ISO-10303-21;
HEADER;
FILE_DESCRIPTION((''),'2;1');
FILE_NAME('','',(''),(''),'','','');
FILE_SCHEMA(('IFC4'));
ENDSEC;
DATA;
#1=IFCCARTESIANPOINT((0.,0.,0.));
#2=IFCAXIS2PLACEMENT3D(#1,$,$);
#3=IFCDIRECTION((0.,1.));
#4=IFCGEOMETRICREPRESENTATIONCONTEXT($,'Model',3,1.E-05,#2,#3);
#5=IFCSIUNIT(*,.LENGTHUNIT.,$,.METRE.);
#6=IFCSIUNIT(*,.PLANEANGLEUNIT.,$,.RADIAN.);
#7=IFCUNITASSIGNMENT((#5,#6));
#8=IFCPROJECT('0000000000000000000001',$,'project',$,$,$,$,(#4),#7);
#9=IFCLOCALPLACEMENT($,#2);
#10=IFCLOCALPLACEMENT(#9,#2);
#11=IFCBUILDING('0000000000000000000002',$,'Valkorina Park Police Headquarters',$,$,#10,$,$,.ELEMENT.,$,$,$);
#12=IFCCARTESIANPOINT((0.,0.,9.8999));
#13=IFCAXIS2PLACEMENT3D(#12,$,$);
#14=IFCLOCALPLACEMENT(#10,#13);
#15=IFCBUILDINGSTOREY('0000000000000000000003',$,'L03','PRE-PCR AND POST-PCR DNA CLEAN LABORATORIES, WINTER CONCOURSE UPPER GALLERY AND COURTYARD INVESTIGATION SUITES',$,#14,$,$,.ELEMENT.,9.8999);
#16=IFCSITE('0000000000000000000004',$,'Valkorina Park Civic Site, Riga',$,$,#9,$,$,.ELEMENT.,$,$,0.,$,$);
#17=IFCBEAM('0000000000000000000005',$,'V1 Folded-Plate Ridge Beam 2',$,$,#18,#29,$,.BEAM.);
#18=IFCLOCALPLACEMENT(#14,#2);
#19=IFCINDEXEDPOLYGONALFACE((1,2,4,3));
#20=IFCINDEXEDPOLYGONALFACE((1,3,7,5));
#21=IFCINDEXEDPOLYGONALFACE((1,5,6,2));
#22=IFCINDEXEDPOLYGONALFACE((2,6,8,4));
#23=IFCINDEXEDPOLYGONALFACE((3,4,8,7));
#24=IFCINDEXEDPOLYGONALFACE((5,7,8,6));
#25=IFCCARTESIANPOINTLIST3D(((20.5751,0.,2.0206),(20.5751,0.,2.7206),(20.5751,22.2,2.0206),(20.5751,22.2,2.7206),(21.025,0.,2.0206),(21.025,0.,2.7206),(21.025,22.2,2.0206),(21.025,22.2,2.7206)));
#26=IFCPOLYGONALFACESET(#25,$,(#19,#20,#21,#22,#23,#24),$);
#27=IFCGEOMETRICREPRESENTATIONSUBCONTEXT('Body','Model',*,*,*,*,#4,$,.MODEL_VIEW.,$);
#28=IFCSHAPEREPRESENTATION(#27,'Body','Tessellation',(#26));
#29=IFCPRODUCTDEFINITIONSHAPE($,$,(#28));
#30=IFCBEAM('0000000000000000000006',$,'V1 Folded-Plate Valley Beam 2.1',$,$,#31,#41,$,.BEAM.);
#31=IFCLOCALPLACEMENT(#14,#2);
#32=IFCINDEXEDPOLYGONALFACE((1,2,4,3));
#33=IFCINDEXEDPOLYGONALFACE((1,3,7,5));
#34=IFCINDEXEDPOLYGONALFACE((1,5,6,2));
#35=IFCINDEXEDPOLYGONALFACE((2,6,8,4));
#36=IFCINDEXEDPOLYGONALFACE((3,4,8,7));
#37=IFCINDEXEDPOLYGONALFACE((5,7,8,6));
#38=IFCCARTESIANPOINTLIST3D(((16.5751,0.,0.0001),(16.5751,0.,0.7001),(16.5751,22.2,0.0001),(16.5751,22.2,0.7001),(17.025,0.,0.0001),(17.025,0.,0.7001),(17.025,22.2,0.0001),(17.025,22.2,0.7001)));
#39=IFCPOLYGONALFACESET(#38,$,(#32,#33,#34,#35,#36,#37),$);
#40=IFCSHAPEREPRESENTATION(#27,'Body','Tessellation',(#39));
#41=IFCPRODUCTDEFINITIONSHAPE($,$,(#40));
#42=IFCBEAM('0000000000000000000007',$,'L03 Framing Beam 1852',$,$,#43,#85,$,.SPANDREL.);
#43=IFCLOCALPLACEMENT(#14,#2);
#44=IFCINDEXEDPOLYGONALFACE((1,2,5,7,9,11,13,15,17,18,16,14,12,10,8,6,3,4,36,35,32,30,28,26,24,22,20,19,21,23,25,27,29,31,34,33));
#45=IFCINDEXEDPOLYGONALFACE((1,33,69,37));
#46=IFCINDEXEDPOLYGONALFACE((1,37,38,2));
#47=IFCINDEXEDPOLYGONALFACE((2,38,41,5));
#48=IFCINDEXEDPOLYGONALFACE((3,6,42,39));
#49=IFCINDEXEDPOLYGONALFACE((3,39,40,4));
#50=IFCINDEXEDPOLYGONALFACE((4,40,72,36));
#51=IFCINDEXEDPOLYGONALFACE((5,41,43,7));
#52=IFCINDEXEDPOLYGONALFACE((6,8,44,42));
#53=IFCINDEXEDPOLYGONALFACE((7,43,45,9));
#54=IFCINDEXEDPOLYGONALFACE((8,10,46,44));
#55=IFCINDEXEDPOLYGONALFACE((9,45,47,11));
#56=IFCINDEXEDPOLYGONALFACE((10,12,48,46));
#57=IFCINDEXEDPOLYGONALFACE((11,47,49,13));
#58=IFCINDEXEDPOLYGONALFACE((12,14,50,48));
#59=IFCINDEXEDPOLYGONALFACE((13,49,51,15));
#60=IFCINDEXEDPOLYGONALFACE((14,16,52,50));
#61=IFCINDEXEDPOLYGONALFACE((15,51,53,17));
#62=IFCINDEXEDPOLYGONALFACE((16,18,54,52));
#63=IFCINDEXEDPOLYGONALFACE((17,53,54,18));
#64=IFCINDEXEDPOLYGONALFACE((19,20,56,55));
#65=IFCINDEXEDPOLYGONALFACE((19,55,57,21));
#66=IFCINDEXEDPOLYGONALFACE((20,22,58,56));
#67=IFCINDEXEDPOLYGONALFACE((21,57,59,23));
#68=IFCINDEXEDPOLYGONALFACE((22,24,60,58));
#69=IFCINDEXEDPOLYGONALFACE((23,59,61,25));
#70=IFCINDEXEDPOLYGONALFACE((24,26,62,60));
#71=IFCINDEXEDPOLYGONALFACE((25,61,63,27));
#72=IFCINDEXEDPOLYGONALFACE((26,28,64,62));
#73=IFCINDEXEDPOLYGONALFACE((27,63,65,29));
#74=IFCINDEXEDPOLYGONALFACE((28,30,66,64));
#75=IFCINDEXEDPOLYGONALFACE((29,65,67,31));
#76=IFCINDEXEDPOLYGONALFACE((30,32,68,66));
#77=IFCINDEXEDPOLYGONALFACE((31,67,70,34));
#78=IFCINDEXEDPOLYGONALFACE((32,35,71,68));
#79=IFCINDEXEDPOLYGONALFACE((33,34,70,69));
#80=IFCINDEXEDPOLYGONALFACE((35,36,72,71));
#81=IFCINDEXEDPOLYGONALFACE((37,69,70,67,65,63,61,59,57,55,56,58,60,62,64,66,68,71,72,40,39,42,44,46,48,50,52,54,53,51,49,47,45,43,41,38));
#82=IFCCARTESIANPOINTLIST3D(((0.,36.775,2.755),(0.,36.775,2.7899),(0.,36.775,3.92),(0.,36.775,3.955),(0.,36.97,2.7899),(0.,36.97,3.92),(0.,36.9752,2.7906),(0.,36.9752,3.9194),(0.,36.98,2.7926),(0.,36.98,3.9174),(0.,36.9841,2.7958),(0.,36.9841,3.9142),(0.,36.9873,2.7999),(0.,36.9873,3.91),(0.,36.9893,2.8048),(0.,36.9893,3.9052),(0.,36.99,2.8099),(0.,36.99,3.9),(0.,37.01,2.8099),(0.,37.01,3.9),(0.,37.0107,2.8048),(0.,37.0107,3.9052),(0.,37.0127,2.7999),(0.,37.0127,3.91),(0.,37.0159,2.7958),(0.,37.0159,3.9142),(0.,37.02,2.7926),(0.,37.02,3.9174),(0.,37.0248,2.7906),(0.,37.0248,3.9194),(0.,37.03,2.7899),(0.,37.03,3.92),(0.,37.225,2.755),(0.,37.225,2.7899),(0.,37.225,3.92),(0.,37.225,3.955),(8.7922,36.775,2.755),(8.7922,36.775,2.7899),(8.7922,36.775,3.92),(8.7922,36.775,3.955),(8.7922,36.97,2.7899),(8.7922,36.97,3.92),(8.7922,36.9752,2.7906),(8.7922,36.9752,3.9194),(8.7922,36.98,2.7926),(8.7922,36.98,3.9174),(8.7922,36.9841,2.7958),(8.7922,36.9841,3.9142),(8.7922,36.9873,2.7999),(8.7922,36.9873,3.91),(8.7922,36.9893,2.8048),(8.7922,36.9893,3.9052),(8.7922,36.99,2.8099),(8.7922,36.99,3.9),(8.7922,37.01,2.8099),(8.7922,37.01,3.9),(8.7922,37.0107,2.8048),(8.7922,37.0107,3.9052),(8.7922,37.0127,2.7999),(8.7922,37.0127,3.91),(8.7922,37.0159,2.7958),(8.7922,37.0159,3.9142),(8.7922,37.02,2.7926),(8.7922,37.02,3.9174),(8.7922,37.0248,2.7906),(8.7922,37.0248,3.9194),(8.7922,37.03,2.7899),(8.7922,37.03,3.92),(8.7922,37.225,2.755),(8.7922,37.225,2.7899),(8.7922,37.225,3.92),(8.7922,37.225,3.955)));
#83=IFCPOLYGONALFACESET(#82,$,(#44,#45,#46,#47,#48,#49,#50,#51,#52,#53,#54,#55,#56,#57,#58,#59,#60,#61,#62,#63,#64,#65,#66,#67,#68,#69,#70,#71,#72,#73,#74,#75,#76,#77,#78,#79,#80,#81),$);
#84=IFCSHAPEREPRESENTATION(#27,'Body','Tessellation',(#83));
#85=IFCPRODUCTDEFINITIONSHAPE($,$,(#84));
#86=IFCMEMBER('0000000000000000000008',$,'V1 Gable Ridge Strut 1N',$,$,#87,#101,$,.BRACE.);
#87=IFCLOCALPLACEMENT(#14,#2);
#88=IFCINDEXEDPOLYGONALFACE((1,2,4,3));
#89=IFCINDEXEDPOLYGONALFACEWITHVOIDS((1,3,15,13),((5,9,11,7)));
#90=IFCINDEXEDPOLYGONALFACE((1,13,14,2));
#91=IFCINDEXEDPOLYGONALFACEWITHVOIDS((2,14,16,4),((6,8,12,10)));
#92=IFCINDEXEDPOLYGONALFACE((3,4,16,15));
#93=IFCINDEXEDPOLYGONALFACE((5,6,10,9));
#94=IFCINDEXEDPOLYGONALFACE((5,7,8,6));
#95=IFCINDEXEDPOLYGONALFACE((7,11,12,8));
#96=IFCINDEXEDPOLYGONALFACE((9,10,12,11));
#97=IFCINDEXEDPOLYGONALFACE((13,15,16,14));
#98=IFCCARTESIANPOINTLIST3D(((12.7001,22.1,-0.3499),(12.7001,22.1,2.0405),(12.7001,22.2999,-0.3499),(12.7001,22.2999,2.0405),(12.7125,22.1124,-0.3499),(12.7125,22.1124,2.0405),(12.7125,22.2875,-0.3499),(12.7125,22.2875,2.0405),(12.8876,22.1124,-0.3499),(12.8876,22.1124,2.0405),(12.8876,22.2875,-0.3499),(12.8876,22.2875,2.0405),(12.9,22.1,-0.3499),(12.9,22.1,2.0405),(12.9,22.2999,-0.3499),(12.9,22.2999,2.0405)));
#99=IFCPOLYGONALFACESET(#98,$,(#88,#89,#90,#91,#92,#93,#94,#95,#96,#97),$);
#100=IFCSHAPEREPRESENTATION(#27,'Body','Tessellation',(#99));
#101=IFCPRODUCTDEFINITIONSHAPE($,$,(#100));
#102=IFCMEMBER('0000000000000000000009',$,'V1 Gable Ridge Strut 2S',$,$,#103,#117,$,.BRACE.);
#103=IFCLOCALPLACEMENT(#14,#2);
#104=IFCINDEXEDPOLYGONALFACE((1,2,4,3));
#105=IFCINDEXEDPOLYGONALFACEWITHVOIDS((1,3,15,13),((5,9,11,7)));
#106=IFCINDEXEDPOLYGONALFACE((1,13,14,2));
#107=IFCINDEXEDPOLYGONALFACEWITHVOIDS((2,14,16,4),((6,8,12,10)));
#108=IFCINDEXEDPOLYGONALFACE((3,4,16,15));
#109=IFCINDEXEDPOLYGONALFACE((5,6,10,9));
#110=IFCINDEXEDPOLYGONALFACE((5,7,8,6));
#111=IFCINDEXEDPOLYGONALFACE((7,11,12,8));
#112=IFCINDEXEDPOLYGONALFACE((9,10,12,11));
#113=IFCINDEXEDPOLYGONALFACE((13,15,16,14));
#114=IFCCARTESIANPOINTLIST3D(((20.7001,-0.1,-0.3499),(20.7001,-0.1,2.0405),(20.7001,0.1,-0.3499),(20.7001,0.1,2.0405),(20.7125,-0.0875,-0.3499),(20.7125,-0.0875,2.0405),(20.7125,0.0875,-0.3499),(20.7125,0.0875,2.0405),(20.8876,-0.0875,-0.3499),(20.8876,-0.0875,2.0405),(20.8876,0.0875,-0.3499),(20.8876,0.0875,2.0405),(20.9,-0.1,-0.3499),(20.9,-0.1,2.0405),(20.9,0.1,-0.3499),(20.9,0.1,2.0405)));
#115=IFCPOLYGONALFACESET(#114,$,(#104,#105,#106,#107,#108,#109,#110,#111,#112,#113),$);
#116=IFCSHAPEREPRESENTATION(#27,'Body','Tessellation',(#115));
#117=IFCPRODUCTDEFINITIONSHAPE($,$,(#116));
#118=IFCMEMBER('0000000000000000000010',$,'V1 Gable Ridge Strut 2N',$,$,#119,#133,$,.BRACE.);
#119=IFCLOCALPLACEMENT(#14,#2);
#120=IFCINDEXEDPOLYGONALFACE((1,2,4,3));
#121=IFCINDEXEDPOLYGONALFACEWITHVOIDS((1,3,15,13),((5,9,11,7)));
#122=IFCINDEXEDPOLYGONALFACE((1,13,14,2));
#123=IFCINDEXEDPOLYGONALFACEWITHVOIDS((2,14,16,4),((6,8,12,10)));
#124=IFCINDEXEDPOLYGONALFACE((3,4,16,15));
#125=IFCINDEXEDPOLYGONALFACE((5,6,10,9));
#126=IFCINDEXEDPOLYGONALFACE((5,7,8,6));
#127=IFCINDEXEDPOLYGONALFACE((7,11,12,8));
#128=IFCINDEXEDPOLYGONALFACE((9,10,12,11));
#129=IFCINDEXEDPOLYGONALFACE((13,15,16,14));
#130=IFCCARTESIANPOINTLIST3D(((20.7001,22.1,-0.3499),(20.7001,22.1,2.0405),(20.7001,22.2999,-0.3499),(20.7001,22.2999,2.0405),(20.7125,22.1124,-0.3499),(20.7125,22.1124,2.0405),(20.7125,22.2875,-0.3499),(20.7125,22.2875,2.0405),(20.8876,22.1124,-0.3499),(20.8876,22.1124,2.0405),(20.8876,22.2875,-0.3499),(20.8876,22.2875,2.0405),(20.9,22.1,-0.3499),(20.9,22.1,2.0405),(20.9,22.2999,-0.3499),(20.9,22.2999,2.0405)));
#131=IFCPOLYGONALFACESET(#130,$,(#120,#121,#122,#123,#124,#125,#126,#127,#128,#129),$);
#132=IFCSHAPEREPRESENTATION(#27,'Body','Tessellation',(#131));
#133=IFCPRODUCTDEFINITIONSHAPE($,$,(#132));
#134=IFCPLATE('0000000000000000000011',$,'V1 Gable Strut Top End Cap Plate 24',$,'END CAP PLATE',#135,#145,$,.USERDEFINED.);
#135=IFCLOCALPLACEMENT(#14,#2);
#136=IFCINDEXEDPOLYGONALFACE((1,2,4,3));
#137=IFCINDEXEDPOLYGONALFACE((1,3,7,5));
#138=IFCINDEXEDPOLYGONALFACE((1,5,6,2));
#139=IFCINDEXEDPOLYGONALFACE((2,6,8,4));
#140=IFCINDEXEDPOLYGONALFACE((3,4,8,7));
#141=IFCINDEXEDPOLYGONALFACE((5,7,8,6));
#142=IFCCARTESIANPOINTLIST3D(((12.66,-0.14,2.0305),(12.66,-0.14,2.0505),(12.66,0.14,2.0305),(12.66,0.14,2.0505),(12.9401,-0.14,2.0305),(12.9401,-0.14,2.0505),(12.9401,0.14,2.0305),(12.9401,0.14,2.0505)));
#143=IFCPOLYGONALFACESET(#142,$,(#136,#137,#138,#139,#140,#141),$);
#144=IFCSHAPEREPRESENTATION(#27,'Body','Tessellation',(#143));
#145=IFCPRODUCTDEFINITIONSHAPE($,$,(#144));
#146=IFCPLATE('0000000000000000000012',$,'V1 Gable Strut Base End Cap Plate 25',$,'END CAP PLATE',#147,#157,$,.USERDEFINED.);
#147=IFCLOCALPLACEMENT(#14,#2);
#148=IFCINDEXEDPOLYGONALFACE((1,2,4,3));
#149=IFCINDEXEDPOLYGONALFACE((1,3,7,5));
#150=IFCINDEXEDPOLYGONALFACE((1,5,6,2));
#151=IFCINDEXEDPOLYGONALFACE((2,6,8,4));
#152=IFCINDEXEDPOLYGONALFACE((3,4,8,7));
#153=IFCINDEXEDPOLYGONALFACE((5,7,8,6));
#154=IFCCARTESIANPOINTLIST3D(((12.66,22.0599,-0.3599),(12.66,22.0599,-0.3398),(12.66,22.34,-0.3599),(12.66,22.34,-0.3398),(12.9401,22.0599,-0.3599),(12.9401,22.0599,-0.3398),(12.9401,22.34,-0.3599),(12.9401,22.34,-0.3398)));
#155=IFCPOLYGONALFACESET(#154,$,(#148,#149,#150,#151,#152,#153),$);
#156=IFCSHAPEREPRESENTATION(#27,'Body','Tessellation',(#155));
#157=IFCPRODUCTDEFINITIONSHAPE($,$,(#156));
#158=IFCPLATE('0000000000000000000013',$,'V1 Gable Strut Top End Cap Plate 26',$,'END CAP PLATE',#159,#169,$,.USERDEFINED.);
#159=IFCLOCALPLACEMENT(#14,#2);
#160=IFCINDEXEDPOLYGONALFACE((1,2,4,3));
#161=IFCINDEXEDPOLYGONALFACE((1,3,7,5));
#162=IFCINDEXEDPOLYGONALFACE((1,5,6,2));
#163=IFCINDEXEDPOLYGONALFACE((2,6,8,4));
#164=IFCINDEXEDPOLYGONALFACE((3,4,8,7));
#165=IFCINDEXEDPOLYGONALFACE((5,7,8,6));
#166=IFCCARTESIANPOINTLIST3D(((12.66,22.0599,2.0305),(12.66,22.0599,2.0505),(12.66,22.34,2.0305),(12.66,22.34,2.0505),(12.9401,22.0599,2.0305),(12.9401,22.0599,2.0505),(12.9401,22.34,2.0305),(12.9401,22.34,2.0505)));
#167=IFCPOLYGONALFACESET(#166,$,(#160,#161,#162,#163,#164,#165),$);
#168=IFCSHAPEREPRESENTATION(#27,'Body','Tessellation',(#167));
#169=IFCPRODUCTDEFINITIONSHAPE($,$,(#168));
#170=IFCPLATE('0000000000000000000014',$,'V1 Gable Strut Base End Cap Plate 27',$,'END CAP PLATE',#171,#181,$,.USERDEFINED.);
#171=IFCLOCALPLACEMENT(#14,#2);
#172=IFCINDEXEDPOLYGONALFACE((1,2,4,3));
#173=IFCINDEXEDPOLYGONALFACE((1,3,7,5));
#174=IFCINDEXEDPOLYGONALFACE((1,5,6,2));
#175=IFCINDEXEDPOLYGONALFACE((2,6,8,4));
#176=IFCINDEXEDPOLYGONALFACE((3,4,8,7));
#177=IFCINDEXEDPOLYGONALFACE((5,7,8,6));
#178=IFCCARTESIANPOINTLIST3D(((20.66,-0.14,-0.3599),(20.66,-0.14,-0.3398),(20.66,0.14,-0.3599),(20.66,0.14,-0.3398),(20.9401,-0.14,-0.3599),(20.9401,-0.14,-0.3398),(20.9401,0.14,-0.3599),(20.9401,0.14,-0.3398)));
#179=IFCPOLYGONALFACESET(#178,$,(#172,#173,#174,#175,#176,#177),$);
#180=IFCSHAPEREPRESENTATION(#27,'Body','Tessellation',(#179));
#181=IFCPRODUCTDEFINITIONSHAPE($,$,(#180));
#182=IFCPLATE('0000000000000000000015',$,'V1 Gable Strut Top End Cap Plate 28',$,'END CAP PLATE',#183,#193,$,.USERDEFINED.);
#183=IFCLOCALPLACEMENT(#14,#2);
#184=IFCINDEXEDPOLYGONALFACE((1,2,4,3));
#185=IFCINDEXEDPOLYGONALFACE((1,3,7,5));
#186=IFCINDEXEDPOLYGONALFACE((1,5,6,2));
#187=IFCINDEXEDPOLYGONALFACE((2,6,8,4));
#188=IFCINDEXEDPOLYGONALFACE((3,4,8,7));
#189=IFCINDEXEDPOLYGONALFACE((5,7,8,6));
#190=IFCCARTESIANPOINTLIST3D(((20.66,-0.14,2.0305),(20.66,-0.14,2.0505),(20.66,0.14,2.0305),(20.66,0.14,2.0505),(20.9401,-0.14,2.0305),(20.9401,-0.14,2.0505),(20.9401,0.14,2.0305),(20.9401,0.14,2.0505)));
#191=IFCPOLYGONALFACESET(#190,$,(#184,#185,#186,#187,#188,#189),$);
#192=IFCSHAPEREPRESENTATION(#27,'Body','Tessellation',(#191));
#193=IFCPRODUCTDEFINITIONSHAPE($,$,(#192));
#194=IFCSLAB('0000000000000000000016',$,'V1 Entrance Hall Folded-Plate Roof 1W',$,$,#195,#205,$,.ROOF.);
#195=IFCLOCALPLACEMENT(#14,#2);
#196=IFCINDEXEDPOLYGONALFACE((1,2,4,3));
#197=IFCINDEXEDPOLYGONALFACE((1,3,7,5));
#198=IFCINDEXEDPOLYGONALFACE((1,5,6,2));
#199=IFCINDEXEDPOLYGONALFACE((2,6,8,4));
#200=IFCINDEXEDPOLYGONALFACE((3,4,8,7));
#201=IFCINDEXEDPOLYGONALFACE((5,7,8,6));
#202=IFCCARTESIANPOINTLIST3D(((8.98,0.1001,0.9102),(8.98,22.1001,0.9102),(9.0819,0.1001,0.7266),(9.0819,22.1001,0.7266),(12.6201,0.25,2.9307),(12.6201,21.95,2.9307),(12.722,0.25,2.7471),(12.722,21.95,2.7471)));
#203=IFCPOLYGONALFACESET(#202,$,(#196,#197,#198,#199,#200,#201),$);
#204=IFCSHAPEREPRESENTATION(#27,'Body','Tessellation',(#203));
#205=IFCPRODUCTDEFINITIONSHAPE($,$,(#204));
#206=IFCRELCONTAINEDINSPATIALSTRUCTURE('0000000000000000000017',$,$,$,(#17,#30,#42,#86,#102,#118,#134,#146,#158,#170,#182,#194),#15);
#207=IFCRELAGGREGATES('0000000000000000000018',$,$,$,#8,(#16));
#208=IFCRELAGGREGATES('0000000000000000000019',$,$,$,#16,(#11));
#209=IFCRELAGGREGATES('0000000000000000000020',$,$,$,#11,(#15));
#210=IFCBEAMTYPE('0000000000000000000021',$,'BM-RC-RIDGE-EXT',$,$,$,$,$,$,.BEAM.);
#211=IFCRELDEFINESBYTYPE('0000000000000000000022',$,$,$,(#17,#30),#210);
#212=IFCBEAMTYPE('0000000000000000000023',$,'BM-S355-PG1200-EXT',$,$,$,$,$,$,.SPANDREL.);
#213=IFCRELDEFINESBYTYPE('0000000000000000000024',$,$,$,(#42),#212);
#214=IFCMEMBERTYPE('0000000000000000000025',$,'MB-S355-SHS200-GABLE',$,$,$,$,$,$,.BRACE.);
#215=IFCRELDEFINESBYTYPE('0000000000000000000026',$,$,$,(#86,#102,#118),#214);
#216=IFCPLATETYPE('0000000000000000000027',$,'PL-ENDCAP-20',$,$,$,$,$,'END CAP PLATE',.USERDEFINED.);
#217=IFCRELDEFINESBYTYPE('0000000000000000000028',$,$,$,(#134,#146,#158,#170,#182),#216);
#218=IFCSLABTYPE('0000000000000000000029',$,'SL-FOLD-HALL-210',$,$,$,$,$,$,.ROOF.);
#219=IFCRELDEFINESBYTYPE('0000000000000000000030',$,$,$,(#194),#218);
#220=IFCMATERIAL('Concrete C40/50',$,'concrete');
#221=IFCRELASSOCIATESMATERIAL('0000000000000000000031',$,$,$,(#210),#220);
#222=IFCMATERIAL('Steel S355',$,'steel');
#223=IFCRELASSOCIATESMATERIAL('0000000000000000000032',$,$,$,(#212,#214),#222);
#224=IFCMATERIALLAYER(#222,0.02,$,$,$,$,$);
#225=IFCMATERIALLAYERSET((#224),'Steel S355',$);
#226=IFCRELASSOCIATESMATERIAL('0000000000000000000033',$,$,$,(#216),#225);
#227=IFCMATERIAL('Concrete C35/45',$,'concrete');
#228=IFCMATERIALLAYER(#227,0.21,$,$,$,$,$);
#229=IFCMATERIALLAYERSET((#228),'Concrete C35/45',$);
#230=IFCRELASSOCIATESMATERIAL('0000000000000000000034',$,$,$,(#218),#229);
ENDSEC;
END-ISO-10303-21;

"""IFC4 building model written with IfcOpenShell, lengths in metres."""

from ifc_helpers import new_model, si_unit, direction, frame, origin, origin_2d, place, context, subcontext, project, spatial, polyline, rectangle, hollow_rectangle, i_section, outline, extrude, material, layer, layer_set, material_profile, profile_set, type_object, element, save


model = new_model("IFC4")

# Units and contexts
model_context = context("Model", 3, precision=1e-05, world=origin(), true_north=direction((0.0, 1.0)))
body_context = subcontext(model_context, "Body", "Model", "MODEL_VIEW")
ifc_project = project(units=[si_unit("LENGTHUNIT", "METRE"), si_unit("PLANEANGLEUNIT", "RADIAN")], contexts=[model_context])

# Site, building, storey
site_placement = place(None, origin())
site = spatial("IfcSite", under=ifc_project, at=site_placement, Name="Valkorina Park Civic Site, Riga", CompositionType="ELEMENT", RefElevation=0.0)
building_placement = place(site_placement, origin())
building = spatial("IfcBuilding", under=site, at=building_placement, Name="Valkorina Park Police Headquarters", CompositionType="ELEMENT")
storey_placement = place(building_placement, frame((0.0, 0.0, 9.8999)))
storey = spatial("IfcBuildingStorey", under=building, at=storey_placement, Name="L03", Description="PRE-PCR AND POST-PCR DNA CLEAN LABORATORIES, WINTER CONCOURSE UPPER GALLERY AND COURTYARD INVESTIGATION SUITES", CompositionType="ELEMENT", Elevation=9.8999)

# Beams
ifc_material_1 = material(Name="Concrete C40/50", Category="concrete")
ifc_material_profile_1 = material_profile(ifc_material_1, rectangle(XDim=0.45, YDim=0.7, at=origin_2d()), Name="RC RIDGE 450x700")
ifc_profile_set_1 = profile_set([ifc_material_profile_1], Name="Concrete C40/50")
beam_type_1 = type_object("IfcBeamType", Name="BM-RC-RIDGE-EXT", PredefinedType="BEAM", material=ifc_profile_set_1)
for number, where, z_axis, x_axis, name in (
    (1, (20.8, 0.0, 2.3706), (0.0, 1.0, 0.0), (-1.0, 0.0, 0.0), "V1 Folded-Plate Ridge Beam 2"),
    (2, (16.8, 0.0, 0.3501), (0.0, 1.0, 0.0), (-1.0, 0.0, 0.0), "V1 Folded-Plate Valley Beam 2.1"),
):
    element("IfcBeam", number, at=place(storey_placement, frame(where, z_axis=z_axis, x_axis=x_axis)), inside=storey, type_object=beam_type_1, Name=name, PredefinedType="BEAM", context=body_context, shape_type="SweptSolid", body=[
        extrude(rectangle(XDim=0.45, YDim=0.7, at=origin_2d()), origin(), (0.0, 0.0, 1.0), 22.2),
    ])
ifc_material_2 = material(Name="Steel S355", Category="steel")
ifc_material_profile_2 = material_profile(ifc_material_2, i_section(OverallWidth=0.45, OverallDepth=1.2, WebThickness=0.02, FlangeThickness=0.0349, FilletRadius=0.02, at=origin_2d()), Name="PG 1200x450")
ifc_profile_set_2 = profile_set([ifc_material_profile_2], Name="Steel S355")
beam_type_2 = type_object("IfcBeamType", Name="BM-S355-PG1200-EXT", PredefinedType="SPANDREL", material=ifc_profile_set_2)
beam_placement = place(storey_placement, frame((0.0, 37.0, 3.355), z_axis=(1.0, 0.0, 0.0), x_axis=(0.0, 1.0, 0.0)))
element("IfcBeam", 3, at=beam_placement, inside=storey, type_object=beam_type_2, Name="L03 Framing Beam 1852", PredefinedType="SPANDREL", context=body_context, shape_type="SweptSolid", body=[
    extrude(i_section(OverallWidth=0.45, OverallDepth=1.2, WebThickness=0.02, FlangeThickness=0.0349, FilletRadius=0.02, at=origin_2d()), origin(), (0.0, 0.0, 1.0), 8.7922),
])

# Members
ifc_material_profile_3 = material_profile(ifc_material_2, hollow_rectangle(XDim=0.2, YDim=0.2, WallThickness=0.0125, at=origin_2d()), Name="SHS 200x200x12.5")
ifc_profile_set_3 = profile_set([ifc_material_profile_3], Name="Steel S355")
member_type = type_object("IfcMemberType", Name="MB-S355-SHS200-GABLE", PredefinedType="BRACE", material=ifc_profile_set_3)
for number, where, z_axis, x_axis, name in (
    (4, (12.8, 22.2, -0.3499), (0.0, 0.0, 1.0), (1.0, 0.0, 0.0), "V1 Gable Ridge Strut 1N"),
    (5, (20.8, 0.0, -0.3499), (0.0, 0.0, 1.0), (1.0, 0.0, 0.0), "V1 Gable Ridge Strut 2S"),
    (6, (20.8, 22.2, -0.3499), (0.0, 0.0, 1.0), (1.0, 0.0, 0.0), "V1 Gable Ridge Strut 2N"),
):
    element("IfcMember", number, at=place(storey_placement, frame(where, z_axis=z_axis, x_axis=x_axis)), inside=storey, type_object=member_type, Name=name, PredefinedType="BRACE", context=body_context, shape_type="SweptSolid", body=[
        extrude(hollow_rectangle(XDim=0.2, YDim=0.2, WallThickness=0.0125, at=origin_2d()), origin(), (0.0, 0.0, 1.0), 2.3904),
    ])

# Plates
ifc_layer_1 = layer(ifc_material_2, 0.02)
ifc_layer_set_1 = layer_set([ifc_layer_1], Name="Steel S355")
plate_type = type_object("IfcPlateType", Name="PL-ENDCAP-20", ElementType="END CAP PLATE", PredefinedType="USERDEFINED", material=ifc_layer_set_1)
for number, where, z_axis, x_axis, name in (
    (7, (12.8, 0.0, 2.0305), (0.0, 0.0, 1.0), (1.0, 0.0, 0.0), "V1 Gable Strut Top End Cap Plate 24"),
    (8, (12.8, 22.2, -0.3599), (0.0, 0.0, 1.0), (1.0, 0.0, 0.0), "V1 Gable Strut Base End Cap Plate 25"),
    (9, (12.8, 22.2, 2.0305), (0.0, 0.0, 1.0), (1.0, 0.0, 0.0), "V1 Gable Strut Top End Cap Plate 26"),
    (10, (20.8, 0.0, -0.3599), (0.0, 0.0, 1.0), (1.0, 0.0, 0.0), "V1 Gable Strut Base End Cap Plate 27"),
    (11, (20.8, 0.0, 2.0305), (0.0, 0.0, 1.0), (1.0, 0.0, 0.0), "V1 Gable Strut Top End Cap Plate 28"),
):
    element("IfcPlate", number, at=place(storey_placement, frame(where, z_axis=z_axis, x_axis=x_axis)), inside=storey, type_object=plate_type, Name=name, ObjectType="END CAP PLATE", PredefinedType="USERDEFINED", context=body_context, shape_type="SweptSolid", body=[
        extrude(rectangle(XDim=0.28, YDim=0.28, at=origin_2d()), origin(), (0.0, 0.0, 1.0), 0.02),
    ])

# Slab
ifc_material_3 = material(Name="Concrete C35/45", Category="concrete")
ifc_layer_2 = layer(ifc_material_3, 0.21)
ifc_layer_set_2 = layer_set([ifc_layer_2], Name="Concrete C35/45")
slab_type = type_object("IfcSlabType", Name="SL-FOLD-HALL-210", PredefinedType="ROOF", material=ifc_layer_set_2)
slab_1_placement = place(storey_placement, frame((8.98, 0.1001, 0.9102), z_axis=(-0.485314, 0.0, 0.87434), x_axis=(0.873774, 0.035982, 0.485)))
element("IfcSlab", 12, at=slab_1_placement, inside=storey, type_object=slab_type, Name="V1 Entrance Hall Folded-Plate Roof 1W", PredefinedType="ROOF", context=body_context, shape_type="SweptSolid", body=[
    extrude(outline(polyline([(0.0, 0.0), (4.166, 0.0), (4.9468, 21.6859), (0.7916, 21.9858), (0.0, 0.0)])), origin(), (0.0, 0.0, -1.0), 0.21),
])

save(model, "model.ifc")
